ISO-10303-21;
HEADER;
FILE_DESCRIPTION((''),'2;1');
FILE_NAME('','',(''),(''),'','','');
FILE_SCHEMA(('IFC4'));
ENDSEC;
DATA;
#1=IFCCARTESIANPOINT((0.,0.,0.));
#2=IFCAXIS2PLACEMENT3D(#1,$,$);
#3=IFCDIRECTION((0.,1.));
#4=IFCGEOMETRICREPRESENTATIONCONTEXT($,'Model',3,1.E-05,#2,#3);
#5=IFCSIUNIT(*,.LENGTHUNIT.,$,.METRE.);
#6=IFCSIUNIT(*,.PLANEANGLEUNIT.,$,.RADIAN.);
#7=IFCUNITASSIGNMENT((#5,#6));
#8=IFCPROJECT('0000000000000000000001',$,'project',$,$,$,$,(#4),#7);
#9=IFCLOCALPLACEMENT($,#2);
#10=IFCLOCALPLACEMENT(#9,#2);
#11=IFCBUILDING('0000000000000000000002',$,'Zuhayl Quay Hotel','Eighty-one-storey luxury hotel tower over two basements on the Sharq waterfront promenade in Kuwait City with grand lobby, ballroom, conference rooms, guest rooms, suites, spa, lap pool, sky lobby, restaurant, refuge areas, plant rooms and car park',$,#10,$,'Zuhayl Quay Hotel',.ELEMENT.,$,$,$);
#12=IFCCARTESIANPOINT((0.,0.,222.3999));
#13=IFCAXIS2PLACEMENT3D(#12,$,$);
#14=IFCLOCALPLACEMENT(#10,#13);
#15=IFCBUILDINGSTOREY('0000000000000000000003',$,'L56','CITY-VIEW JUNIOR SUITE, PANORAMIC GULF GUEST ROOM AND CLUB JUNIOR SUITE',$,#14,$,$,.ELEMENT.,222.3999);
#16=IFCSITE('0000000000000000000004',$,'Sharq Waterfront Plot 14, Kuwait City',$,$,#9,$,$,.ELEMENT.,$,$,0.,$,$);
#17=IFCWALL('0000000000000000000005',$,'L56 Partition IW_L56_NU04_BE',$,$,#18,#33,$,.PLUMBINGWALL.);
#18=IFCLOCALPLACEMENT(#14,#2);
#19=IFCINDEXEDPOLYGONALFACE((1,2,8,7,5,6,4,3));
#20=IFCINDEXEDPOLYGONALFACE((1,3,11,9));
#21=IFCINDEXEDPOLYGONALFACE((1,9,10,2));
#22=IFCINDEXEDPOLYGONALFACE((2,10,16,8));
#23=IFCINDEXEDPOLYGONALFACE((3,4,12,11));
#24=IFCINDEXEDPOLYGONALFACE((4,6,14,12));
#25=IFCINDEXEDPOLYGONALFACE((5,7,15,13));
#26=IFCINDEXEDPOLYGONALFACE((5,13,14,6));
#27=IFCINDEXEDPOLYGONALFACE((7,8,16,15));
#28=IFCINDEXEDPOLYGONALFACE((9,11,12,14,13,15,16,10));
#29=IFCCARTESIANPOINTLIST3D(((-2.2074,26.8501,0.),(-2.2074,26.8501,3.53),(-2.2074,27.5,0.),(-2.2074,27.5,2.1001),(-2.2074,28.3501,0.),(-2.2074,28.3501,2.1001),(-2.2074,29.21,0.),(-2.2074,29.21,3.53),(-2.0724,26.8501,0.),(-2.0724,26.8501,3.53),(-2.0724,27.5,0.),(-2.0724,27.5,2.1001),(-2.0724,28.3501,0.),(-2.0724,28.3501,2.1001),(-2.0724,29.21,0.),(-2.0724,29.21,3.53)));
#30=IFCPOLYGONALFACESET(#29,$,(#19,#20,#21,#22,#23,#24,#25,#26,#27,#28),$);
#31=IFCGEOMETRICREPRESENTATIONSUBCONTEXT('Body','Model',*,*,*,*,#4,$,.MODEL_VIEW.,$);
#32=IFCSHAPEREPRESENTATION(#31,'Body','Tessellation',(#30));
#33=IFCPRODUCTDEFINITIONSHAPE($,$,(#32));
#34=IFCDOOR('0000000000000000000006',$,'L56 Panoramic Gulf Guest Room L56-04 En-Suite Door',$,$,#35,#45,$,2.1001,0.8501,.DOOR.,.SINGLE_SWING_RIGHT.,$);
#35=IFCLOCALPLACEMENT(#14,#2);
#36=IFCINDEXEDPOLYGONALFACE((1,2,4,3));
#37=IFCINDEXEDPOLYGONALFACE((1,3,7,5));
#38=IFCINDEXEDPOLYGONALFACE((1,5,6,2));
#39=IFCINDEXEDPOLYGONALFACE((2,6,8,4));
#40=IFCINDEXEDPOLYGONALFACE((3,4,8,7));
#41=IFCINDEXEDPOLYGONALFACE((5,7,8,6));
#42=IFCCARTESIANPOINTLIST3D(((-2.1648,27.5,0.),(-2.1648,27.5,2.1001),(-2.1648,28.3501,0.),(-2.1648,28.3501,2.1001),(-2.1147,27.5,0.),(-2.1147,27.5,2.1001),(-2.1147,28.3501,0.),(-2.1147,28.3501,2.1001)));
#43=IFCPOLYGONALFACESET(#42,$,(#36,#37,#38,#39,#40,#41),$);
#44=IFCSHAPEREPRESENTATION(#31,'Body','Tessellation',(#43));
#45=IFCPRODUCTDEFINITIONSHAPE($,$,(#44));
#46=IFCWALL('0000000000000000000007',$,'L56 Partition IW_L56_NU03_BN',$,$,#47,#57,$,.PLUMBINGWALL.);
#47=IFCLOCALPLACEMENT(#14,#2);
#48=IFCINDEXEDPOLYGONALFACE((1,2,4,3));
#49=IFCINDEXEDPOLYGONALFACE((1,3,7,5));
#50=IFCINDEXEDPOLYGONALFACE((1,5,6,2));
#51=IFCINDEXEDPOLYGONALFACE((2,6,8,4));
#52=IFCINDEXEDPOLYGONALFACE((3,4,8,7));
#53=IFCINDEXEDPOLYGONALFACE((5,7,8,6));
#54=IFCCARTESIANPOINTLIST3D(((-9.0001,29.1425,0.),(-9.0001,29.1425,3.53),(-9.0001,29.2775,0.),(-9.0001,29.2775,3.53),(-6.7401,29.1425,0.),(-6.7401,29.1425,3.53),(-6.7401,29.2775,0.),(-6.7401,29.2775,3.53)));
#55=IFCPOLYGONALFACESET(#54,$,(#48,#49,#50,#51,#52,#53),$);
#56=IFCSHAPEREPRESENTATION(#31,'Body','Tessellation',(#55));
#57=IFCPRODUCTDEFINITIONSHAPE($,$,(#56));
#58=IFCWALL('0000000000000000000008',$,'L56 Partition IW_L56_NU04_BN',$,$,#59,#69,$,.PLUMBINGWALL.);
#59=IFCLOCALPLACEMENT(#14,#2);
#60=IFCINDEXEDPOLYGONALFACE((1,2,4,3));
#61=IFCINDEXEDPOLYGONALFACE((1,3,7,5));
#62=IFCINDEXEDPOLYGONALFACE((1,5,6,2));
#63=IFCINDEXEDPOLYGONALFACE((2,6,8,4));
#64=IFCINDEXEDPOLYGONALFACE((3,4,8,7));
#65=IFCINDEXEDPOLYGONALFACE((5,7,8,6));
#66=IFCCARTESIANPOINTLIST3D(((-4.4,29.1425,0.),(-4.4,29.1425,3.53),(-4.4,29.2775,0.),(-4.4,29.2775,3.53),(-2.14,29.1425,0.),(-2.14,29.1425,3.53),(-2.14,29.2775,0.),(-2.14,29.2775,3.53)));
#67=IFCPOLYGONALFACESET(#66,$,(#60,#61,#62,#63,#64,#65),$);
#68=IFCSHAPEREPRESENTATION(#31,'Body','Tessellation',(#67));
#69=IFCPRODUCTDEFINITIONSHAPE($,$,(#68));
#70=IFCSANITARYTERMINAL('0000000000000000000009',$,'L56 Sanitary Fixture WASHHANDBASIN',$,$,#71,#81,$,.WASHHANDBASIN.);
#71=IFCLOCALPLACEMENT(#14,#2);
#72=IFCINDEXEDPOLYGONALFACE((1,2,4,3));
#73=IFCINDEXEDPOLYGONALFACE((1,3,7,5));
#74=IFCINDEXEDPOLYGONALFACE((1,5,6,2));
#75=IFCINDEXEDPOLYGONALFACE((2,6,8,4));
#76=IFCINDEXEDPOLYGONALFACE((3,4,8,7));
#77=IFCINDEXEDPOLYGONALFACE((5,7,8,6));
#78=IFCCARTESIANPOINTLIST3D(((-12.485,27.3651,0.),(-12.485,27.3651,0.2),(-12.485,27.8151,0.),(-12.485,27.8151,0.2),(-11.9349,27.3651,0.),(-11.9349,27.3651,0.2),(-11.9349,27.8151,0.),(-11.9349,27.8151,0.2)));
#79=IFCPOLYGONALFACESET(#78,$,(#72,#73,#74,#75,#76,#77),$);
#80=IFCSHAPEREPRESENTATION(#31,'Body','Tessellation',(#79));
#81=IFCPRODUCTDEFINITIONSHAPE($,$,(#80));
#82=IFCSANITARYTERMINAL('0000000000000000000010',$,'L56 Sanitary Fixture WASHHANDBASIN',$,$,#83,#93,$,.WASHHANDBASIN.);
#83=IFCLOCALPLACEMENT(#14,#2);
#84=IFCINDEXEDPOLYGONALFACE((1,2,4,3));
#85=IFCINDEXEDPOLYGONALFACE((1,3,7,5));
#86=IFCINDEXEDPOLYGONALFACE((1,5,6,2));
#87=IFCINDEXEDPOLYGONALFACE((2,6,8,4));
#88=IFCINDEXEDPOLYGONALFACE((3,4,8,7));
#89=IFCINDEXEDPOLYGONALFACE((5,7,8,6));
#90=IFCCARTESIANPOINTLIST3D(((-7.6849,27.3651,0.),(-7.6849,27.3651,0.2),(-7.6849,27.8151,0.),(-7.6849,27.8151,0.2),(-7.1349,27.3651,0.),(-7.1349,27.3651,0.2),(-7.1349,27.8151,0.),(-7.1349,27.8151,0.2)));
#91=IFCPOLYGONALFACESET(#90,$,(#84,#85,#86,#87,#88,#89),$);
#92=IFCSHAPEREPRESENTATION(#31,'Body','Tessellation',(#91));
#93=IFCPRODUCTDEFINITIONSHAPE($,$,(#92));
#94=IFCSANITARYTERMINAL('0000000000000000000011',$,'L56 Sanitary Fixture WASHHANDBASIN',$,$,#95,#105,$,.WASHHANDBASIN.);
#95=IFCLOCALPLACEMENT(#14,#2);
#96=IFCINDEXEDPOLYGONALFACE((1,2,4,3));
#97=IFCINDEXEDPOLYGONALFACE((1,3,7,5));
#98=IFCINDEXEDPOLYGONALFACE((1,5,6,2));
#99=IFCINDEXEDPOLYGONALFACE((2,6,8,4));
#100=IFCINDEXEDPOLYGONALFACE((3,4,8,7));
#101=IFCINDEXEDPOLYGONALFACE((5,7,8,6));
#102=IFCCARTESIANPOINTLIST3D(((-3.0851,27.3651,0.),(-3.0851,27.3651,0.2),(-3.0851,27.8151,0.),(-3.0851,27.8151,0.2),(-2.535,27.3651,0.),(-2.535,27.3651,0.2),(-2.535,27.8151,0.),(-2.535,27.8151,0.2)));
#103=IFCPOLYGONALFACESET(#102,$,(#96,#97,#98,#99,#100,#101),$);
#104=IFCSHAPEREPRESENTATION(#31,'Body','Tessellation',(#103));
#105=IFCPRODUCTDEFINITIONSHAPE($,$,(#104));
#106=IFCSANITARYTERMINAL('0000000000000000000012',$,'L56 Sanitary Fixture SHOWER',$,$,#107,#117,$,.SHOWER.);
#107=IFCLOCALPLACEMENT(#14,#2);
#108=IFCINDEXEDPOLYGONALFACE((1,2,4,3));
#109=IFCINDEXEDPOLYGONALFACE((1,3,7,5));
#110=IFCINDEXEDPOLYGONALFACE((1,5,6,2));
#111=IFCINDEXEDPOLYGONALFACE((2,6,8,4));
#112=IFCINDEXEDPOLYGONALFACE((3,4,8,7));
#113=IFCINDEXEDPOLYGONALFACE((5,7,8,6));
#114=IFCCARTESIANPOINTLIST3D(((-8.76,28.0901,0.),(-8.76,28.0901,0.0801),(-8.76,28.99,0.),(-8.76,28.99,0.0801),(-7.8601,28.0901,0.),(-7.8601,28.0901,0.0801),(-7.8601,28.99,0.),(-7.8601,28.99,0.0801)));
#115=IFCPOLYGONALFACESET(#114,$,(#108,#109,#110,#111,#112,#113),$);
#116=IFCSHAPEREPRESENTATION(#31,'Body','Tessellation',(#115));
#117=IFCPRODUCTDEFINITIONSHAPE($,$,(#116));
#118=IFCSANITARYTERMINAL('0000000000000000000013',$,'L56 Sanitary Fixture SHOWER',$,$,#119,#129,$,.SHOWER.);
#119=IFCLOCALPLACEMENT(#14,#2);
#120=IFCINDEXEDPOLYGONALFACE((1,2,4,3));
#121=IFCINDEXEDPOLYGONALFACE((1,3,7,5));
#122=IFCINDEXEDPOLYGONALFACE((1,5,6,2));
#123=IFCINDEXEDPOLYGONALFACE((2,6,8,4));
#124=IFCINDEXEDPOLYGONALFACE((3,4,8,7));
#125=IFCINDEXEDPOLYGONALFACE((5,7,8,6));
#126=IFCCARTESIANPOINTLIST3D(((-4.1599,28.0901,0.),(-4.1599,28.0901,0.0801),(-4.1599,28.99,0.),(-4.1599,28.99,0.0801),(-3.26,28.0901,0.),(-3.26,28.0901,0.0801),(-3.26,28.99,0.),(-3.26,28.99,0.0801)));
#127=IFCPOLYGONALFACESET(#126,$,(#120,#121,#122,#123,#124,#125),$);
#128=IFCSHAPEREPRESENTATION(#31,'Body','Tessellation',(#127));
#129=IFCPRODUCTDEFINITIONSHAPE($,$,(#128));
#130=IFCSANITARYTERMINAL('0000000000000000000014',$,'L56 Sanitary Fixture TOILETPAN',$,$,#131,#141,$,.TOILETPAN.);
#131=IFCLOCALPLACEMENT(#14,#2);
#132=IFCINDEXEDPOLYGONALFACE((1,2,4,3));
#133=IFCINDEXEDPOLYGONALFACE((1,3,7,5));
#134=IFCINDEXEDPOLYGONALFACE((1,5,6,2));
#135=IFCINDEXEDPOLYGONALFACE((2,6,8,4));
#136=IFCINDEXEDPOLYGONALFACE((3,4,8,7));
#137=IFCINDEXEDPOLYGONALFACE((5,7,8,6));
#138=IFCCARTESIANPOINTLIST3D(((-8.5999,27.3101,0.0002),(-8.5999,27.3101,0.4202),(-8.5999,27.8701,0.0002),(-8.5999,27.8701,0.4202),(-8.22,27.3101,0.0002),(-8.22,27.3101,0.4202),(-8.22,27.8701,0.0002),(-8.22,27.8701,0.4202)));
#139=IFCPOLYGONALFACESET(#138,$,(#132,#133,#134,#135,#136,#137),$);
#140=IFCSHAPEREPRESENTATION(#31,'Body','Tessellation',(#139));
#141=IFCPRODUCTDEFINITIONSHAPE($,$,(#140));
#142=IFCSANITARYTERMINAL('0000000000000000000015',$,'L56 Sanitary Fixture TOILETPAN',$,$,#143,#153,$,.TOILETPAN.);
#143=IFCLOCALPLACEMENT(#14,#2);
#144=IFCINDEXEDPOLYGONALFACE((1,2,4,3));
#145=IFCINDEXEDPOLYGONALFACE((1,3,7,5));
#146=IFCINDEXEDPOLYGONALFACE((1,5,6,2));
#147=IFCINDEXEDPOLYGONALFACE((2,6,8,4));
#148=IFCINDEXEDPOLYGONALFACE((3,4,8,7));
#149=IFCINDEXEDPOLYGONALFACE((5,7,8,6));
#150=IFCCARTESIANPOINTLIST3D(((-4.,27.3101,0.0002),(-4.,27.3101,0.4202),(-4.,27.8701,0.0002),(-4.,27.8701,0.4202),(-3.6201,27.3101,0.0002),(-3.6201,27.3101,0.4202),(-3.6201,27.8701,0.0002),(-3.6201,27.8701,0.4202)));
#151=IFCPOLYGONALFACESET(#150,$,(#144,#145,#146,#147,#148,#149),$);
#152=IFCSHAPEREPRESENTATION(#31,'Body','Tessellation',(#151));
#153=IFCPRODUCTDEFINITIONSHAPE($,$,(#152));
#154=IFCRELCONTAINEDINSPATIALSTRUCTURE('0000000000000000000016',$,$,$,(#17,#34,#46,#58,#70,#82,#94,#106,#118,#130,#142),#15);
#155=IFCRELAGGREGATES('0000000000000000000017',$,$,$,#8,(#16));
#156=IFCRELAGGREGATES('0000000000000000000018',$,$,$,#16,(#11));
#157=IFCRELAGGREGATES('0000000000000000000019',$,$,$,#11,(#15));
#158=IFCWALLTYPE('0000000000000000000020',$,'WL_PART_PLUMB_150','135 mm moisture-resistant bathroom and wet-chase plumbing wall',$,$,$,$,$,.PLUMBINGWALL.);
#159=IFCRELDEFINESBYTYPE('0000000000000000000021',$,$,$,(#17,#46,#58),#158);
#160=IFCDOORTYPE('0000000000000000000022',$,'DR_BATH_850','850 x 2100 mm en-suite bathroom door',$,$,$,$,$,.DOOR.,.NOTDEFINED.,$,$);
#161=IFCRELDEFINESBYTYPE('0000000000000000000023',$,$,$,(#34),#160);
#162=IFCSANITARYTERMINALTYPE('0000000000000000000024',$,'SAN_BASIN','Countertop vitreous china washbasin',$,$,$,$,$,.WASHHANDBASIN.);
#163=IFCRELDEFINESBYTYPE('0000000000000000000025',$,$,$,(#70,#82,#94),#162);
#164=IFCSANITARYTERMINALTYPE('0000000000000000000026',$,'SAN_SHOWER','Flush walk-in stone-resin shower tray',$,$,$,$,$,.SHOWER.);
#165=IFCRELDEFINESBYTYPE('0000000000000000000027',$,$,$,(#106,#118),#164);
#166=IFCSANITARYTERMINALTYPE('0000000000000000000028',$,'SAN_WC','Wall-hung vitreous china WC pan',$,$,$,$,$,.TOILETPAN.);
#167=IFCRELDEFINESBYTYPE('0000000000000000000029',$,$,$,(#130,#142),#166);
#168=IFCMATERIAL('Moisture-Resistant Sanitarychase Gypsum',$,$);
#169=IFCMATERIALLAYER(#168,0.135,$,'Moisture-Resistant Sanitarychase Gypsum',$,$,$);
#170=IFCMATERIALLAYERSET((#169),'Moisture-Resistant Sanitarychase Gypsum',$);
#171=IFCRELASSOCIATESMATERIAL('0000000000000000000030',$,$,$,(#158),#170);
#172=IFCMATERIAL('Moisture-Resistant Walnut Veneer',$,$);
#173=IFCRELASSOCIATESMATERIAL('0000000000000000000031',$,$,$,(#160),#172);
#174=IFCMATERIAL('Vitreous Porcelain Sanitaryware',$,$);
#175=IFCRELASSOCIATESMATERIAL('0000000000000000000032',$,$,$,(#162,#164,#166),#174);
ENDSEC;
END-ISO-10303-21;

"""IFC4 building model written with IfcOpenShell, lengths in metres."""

from ifc_helpers import new_model, si_unit, direction, frame, frame_2d, origin, origin_2d, place, context, subcontext, project, spatial, rectangle, extrude, material, layer, layer_set, type_object, element, fill, save


model = new_model("IFC4")

# Units and contexts
model_context = context("Model", 3, precision=1e-05, world=origin(), true_north=direction((0.0, 1.0)))
body_context = subcontext(model_context, "Body", "Model", "MODEL_VIEW")
ifc_project = project(units=[si_unit("LENGTHUNIT", "METRE"), si_unit("PLANEANGLEUNIT", "RADIAN")], contexts=[model_context])

# Site, building, storey
site_placement = place(None, origin())
site = spatial("IfcSite", under=ifc_project, at=site_placement, Name="Sharq Waterfront Plot 14, Kuwait City", CompositionType="ELEMENT", RefElevation=0.0)
building_placement = place(site_placement, origin())
building = spatial("IfcBuilding", under=site, at=building_placement, Name="Zuhayl Quay Hotel", Description="Eighty-one-storey luxury hotel tower over two basements on the Sharq waterfront promenade in Kuwait City with grand lobby, ballroom, conference rooms, guest rooms, suites, spa, lap pool, sky lobby, restaurant, refuge areas, plant rooms and car park", LongName="Zuhayl Quay Hotel", CompositionType="ELEMENT")
storey_placement = place(building_placement, frame((0.0, 0.0, 222.3999)))
storey = spatial("IfcBuildingStorey", under=building, at=storey_placement, Name="L56", Description="CITY-VIEW JUNIOR SUITE, PANORAMIC GULF GUEST ROOM AND CLUB JUNIOR SUITE", CompositionType="ELEMENT", Elevation=222.3999)

# Wall, opening, door
ifc_material_1 = material(Name="Moisture-Resistant Sanitarychase Gypsum")
ifc_layer_1 = layer(ifc_material_1, 0.135, Name="Moisture-Resistant Sanitarychase Gypsum")
ifc_layer_set_1 = layer_set([ifc_layer_1], Name="Moisture-Resistant Sanitarychase Gypsum")
wall_type_1 = type_object("IfcWallType", Name="WL_PART_PLUMB_150", Description="135 mm moisture-resistant bathroom and wet-chase plumbing wall", PredefinedType="PLUMBINGWALL", material=ifc_layer_set_1)
ifc_material_2 = material(Name="Moisture-Resistant Walnut Veneer")
door_type_1 = type_object("IfcDoorType", Name="DR_BATH_850", Description="850 x 2100 mm en-suite bathroom door", OperationType="NOTDEFINED", PredefinedType="DOOR", material=ifc_material_2)
wall_1_placement = place(storey_placement, frame((-2.1399, 26.8501, 0.0), z_axis=(0.0, 0.0, 1.0), x_axis=(0.0, 1.0, 0.0)))
wall_1 = element("IfcWall", 1, at=wall_1_placement, inside=storey, type_object=wall_type_1, Name="L56 Partition IW_L56_NU04_BE", PredefinedType="PLUMBINGWALL", context=body_context, shape_type="SweptSolid", body=[
    extrude(rectangle(XDim=2.3599, YDim=0.135, at=frame_2d((1.1799, 0.0))), origin(), (0.0, 0.0, 1.0), 3.53),
])
opening_1_placement = place(wall_1_placement, frame((0.6499, 0.0, 0.0)))
opening_1 = element("IfcOpeningElement", 2, at=opening_1_placement, cuts=wall_1, PredefinedType="OPENING", context=body_context, shape_type="SweptSolid", body=[
    extrude(rectangle(XDim=0.8501, YDim=2.1001, at=frame_2d((0.425, 1.05))), frame((0.0, 0.0774, 0.0), z_axis=(0.0, -1.0, 0.0), x_axis=(1.0, 0.0, 0.0)), (0.0, 0.0, 1.0), 0.155),
])
door_1_placement = place(opening_1_placement, origin())
door_1 = element("IfcDoor", 3, at=door_1_placement, inside=storey, type_object=door_type_1, Name="L56 Panoramic Gulf Guest Room L56-04 En-Suite Door", OperationType="SINGLE_SWING_RIGHT", OverallHeight=2.1001, OverallWidth=0.8501, PredefinedType="DOOR", context=body_context, shape_type="SweptSolid", body=[
    extrude(rectangle(XDim=0.8501, YDim=2.1001, at=frame_2d((0.425, 1.05))), frame((0.0, 0.0249, 0.0), z_axis=(0.0, -1.0, 0.0), x_axis=(1.0, 0.0, 0.0)), (0.0, 0.0, 1.0), 0.05),
])
fill(opening_1, door_1)

# Walls
for number, where, z_axis, x_axis, name in (
    (4, (-9.0, 29.21, 0.0), (0.0, 0.0, 1.0), (1.0, 0.0, 0.0), "L56 Partition IW_L56_NU03_BN"),
    (5, (-4.3999, 29.21, 0.0), (0.0, 0.0, 1.0), (1.0, 0.0, 0.0), "L56 Partition IW_L56_NU04_BN"),
):
    element("IfcWall", number, at=place(storey_placement, frame(where, z_axis=z_axis, x_axis=x_axis)), inside=storey, type_object=wall_type_1, Name=name, PredefinedType="PLUMBINGWALL", context=body_context, shape_type="SweptSolid", body=[
        extrude(rectangle(XDim=2.26, YDim=0.135, at=frame_2d((1.1299, 0.0))), origin(), (0.0, 0.0, 1.0), 3.53),
    ])

# Sanitary terminals
ifc_material_3 = material(Name="Vitreous Porcelain Sanitaryware")
sanitary_terminal_type_1 = type_object("IfcSanitaryTerminalType", Name="SAN_BASIN", Description="Countertop vitreous china washbasin", PredefinedType="WASHHANDBASIN", material=ifc_material_3)
for number, where, z_axis, x_axis, name in (
    (6, (-12.21, 27.5901, 0.0), (0.0, 0.0, 1.0), (1.0, 0.0, 0.0), "L56 Sanitary Fixture WASHHANDBASIN"),
    (7, (-7.4099, 27.5901, 0.0), (0.0, 0.0, 1.0), (1.0, 0.0, 0.0), "L56 Sanitary Fixture WASHHANDBASIN"),
    (8, (-2.8101, 27.5901, 0.0), (0.0, 0.0, 1.0), (1.0, 0.0, 0.0), "L56 Sanitary Fixture WASHHANDBASIN"),
):
    element("IfcSanitaryTerminal", number, at=place(storey_placement, frame(where, z_axis=z_axis, x_axis=x_axis)), inside=storey, type_object=sanitary_terminal_type_1, Name=name, PredefinedType="WASHHANDBASIN", context=body_context, shape_type="SweptSolid", body=[
        extrude(rectangle(XDim=0.55, YDim=0.45, at=origin_2d()), origin(), (0.0, 0.0, 1.0), 0.2),
    ])
sanitary_terminal_type_2 = type_object("IfcSanitaryTerminalType", Name="SAN_SHOWER", Description="Flush walk-in stone-resin shower tray", PredefinedType="SHOWER", material=ifc_material_3)
for number, where, z_axis, x_axis, name in (
    (9, (-8.3101, 28.54, 0.0), (0.0, 0.0, 1.0), (1.0, 0.0, 0.0), "L56 Sanitary Fixture SHOWER"),
    (10, (-3.71, 28.54, 0.0), (0.0, 0.0, 1.0), (1.0, 0.0, 0.0), "L56 Sanitary Fixture SHOWER"),
):
    element("IfcSanitaryTerminal", number, at=place(storey_placement, frame(where, z_axis=z_axis, x_axis=x_axis)), inside=storey, type_object=sanitary_terminal_type_2, Name=name, PredefinedType="SHOWER", context=body_context, shape_type="SweptSolid", body=[
        extrude(rectangle(XDim=0.8999, YDim=0.8999, at=origin_2d()), origin(), (0.0, 0.0, 1.0), 0.0801),
    ])
sanitary_terminal_type_3 = type_object("IfcSanitaryTerminalType", Name="SAN_WC", Description="Wall-hung vitreous china WC pan", PredefinedType="TOILETPAN", material=ifc_material_3)
for number, where, z_axis, x_axis, name in (
    (11, (-8.4099, 27.5901, 0.0002), (0.0, 0.0, 1.0), (1.0, 0.0, 0.0), "L56 Sanitary Fixture TOILETPAN"),
    (12, (-3.8101, 27.5901, 0.0002), (0.0, 0.0, 1.0), (1.0, 0.0, 0.0), "L56 Sanitary Fixture TOILETPAN"),
):
    element("IfcSanitaryTerminal", number, at=place(storey_placement, frame(where, z_axis=z_axis, x_axis=x_axis)), inside=storey, type_object=sanitary_terminal_type_3, Name=name, PredefinedType="TOILETPAN", context=body_context, shape_type="SweptSolid", body=[
        extrude(rectangle(XDim=0.3799, YDim=0.5601, at=origin_2d()), origin(), (0.0, 0.0, 1.0), 0.4199),
    ])

save(model, "model.ifc")
